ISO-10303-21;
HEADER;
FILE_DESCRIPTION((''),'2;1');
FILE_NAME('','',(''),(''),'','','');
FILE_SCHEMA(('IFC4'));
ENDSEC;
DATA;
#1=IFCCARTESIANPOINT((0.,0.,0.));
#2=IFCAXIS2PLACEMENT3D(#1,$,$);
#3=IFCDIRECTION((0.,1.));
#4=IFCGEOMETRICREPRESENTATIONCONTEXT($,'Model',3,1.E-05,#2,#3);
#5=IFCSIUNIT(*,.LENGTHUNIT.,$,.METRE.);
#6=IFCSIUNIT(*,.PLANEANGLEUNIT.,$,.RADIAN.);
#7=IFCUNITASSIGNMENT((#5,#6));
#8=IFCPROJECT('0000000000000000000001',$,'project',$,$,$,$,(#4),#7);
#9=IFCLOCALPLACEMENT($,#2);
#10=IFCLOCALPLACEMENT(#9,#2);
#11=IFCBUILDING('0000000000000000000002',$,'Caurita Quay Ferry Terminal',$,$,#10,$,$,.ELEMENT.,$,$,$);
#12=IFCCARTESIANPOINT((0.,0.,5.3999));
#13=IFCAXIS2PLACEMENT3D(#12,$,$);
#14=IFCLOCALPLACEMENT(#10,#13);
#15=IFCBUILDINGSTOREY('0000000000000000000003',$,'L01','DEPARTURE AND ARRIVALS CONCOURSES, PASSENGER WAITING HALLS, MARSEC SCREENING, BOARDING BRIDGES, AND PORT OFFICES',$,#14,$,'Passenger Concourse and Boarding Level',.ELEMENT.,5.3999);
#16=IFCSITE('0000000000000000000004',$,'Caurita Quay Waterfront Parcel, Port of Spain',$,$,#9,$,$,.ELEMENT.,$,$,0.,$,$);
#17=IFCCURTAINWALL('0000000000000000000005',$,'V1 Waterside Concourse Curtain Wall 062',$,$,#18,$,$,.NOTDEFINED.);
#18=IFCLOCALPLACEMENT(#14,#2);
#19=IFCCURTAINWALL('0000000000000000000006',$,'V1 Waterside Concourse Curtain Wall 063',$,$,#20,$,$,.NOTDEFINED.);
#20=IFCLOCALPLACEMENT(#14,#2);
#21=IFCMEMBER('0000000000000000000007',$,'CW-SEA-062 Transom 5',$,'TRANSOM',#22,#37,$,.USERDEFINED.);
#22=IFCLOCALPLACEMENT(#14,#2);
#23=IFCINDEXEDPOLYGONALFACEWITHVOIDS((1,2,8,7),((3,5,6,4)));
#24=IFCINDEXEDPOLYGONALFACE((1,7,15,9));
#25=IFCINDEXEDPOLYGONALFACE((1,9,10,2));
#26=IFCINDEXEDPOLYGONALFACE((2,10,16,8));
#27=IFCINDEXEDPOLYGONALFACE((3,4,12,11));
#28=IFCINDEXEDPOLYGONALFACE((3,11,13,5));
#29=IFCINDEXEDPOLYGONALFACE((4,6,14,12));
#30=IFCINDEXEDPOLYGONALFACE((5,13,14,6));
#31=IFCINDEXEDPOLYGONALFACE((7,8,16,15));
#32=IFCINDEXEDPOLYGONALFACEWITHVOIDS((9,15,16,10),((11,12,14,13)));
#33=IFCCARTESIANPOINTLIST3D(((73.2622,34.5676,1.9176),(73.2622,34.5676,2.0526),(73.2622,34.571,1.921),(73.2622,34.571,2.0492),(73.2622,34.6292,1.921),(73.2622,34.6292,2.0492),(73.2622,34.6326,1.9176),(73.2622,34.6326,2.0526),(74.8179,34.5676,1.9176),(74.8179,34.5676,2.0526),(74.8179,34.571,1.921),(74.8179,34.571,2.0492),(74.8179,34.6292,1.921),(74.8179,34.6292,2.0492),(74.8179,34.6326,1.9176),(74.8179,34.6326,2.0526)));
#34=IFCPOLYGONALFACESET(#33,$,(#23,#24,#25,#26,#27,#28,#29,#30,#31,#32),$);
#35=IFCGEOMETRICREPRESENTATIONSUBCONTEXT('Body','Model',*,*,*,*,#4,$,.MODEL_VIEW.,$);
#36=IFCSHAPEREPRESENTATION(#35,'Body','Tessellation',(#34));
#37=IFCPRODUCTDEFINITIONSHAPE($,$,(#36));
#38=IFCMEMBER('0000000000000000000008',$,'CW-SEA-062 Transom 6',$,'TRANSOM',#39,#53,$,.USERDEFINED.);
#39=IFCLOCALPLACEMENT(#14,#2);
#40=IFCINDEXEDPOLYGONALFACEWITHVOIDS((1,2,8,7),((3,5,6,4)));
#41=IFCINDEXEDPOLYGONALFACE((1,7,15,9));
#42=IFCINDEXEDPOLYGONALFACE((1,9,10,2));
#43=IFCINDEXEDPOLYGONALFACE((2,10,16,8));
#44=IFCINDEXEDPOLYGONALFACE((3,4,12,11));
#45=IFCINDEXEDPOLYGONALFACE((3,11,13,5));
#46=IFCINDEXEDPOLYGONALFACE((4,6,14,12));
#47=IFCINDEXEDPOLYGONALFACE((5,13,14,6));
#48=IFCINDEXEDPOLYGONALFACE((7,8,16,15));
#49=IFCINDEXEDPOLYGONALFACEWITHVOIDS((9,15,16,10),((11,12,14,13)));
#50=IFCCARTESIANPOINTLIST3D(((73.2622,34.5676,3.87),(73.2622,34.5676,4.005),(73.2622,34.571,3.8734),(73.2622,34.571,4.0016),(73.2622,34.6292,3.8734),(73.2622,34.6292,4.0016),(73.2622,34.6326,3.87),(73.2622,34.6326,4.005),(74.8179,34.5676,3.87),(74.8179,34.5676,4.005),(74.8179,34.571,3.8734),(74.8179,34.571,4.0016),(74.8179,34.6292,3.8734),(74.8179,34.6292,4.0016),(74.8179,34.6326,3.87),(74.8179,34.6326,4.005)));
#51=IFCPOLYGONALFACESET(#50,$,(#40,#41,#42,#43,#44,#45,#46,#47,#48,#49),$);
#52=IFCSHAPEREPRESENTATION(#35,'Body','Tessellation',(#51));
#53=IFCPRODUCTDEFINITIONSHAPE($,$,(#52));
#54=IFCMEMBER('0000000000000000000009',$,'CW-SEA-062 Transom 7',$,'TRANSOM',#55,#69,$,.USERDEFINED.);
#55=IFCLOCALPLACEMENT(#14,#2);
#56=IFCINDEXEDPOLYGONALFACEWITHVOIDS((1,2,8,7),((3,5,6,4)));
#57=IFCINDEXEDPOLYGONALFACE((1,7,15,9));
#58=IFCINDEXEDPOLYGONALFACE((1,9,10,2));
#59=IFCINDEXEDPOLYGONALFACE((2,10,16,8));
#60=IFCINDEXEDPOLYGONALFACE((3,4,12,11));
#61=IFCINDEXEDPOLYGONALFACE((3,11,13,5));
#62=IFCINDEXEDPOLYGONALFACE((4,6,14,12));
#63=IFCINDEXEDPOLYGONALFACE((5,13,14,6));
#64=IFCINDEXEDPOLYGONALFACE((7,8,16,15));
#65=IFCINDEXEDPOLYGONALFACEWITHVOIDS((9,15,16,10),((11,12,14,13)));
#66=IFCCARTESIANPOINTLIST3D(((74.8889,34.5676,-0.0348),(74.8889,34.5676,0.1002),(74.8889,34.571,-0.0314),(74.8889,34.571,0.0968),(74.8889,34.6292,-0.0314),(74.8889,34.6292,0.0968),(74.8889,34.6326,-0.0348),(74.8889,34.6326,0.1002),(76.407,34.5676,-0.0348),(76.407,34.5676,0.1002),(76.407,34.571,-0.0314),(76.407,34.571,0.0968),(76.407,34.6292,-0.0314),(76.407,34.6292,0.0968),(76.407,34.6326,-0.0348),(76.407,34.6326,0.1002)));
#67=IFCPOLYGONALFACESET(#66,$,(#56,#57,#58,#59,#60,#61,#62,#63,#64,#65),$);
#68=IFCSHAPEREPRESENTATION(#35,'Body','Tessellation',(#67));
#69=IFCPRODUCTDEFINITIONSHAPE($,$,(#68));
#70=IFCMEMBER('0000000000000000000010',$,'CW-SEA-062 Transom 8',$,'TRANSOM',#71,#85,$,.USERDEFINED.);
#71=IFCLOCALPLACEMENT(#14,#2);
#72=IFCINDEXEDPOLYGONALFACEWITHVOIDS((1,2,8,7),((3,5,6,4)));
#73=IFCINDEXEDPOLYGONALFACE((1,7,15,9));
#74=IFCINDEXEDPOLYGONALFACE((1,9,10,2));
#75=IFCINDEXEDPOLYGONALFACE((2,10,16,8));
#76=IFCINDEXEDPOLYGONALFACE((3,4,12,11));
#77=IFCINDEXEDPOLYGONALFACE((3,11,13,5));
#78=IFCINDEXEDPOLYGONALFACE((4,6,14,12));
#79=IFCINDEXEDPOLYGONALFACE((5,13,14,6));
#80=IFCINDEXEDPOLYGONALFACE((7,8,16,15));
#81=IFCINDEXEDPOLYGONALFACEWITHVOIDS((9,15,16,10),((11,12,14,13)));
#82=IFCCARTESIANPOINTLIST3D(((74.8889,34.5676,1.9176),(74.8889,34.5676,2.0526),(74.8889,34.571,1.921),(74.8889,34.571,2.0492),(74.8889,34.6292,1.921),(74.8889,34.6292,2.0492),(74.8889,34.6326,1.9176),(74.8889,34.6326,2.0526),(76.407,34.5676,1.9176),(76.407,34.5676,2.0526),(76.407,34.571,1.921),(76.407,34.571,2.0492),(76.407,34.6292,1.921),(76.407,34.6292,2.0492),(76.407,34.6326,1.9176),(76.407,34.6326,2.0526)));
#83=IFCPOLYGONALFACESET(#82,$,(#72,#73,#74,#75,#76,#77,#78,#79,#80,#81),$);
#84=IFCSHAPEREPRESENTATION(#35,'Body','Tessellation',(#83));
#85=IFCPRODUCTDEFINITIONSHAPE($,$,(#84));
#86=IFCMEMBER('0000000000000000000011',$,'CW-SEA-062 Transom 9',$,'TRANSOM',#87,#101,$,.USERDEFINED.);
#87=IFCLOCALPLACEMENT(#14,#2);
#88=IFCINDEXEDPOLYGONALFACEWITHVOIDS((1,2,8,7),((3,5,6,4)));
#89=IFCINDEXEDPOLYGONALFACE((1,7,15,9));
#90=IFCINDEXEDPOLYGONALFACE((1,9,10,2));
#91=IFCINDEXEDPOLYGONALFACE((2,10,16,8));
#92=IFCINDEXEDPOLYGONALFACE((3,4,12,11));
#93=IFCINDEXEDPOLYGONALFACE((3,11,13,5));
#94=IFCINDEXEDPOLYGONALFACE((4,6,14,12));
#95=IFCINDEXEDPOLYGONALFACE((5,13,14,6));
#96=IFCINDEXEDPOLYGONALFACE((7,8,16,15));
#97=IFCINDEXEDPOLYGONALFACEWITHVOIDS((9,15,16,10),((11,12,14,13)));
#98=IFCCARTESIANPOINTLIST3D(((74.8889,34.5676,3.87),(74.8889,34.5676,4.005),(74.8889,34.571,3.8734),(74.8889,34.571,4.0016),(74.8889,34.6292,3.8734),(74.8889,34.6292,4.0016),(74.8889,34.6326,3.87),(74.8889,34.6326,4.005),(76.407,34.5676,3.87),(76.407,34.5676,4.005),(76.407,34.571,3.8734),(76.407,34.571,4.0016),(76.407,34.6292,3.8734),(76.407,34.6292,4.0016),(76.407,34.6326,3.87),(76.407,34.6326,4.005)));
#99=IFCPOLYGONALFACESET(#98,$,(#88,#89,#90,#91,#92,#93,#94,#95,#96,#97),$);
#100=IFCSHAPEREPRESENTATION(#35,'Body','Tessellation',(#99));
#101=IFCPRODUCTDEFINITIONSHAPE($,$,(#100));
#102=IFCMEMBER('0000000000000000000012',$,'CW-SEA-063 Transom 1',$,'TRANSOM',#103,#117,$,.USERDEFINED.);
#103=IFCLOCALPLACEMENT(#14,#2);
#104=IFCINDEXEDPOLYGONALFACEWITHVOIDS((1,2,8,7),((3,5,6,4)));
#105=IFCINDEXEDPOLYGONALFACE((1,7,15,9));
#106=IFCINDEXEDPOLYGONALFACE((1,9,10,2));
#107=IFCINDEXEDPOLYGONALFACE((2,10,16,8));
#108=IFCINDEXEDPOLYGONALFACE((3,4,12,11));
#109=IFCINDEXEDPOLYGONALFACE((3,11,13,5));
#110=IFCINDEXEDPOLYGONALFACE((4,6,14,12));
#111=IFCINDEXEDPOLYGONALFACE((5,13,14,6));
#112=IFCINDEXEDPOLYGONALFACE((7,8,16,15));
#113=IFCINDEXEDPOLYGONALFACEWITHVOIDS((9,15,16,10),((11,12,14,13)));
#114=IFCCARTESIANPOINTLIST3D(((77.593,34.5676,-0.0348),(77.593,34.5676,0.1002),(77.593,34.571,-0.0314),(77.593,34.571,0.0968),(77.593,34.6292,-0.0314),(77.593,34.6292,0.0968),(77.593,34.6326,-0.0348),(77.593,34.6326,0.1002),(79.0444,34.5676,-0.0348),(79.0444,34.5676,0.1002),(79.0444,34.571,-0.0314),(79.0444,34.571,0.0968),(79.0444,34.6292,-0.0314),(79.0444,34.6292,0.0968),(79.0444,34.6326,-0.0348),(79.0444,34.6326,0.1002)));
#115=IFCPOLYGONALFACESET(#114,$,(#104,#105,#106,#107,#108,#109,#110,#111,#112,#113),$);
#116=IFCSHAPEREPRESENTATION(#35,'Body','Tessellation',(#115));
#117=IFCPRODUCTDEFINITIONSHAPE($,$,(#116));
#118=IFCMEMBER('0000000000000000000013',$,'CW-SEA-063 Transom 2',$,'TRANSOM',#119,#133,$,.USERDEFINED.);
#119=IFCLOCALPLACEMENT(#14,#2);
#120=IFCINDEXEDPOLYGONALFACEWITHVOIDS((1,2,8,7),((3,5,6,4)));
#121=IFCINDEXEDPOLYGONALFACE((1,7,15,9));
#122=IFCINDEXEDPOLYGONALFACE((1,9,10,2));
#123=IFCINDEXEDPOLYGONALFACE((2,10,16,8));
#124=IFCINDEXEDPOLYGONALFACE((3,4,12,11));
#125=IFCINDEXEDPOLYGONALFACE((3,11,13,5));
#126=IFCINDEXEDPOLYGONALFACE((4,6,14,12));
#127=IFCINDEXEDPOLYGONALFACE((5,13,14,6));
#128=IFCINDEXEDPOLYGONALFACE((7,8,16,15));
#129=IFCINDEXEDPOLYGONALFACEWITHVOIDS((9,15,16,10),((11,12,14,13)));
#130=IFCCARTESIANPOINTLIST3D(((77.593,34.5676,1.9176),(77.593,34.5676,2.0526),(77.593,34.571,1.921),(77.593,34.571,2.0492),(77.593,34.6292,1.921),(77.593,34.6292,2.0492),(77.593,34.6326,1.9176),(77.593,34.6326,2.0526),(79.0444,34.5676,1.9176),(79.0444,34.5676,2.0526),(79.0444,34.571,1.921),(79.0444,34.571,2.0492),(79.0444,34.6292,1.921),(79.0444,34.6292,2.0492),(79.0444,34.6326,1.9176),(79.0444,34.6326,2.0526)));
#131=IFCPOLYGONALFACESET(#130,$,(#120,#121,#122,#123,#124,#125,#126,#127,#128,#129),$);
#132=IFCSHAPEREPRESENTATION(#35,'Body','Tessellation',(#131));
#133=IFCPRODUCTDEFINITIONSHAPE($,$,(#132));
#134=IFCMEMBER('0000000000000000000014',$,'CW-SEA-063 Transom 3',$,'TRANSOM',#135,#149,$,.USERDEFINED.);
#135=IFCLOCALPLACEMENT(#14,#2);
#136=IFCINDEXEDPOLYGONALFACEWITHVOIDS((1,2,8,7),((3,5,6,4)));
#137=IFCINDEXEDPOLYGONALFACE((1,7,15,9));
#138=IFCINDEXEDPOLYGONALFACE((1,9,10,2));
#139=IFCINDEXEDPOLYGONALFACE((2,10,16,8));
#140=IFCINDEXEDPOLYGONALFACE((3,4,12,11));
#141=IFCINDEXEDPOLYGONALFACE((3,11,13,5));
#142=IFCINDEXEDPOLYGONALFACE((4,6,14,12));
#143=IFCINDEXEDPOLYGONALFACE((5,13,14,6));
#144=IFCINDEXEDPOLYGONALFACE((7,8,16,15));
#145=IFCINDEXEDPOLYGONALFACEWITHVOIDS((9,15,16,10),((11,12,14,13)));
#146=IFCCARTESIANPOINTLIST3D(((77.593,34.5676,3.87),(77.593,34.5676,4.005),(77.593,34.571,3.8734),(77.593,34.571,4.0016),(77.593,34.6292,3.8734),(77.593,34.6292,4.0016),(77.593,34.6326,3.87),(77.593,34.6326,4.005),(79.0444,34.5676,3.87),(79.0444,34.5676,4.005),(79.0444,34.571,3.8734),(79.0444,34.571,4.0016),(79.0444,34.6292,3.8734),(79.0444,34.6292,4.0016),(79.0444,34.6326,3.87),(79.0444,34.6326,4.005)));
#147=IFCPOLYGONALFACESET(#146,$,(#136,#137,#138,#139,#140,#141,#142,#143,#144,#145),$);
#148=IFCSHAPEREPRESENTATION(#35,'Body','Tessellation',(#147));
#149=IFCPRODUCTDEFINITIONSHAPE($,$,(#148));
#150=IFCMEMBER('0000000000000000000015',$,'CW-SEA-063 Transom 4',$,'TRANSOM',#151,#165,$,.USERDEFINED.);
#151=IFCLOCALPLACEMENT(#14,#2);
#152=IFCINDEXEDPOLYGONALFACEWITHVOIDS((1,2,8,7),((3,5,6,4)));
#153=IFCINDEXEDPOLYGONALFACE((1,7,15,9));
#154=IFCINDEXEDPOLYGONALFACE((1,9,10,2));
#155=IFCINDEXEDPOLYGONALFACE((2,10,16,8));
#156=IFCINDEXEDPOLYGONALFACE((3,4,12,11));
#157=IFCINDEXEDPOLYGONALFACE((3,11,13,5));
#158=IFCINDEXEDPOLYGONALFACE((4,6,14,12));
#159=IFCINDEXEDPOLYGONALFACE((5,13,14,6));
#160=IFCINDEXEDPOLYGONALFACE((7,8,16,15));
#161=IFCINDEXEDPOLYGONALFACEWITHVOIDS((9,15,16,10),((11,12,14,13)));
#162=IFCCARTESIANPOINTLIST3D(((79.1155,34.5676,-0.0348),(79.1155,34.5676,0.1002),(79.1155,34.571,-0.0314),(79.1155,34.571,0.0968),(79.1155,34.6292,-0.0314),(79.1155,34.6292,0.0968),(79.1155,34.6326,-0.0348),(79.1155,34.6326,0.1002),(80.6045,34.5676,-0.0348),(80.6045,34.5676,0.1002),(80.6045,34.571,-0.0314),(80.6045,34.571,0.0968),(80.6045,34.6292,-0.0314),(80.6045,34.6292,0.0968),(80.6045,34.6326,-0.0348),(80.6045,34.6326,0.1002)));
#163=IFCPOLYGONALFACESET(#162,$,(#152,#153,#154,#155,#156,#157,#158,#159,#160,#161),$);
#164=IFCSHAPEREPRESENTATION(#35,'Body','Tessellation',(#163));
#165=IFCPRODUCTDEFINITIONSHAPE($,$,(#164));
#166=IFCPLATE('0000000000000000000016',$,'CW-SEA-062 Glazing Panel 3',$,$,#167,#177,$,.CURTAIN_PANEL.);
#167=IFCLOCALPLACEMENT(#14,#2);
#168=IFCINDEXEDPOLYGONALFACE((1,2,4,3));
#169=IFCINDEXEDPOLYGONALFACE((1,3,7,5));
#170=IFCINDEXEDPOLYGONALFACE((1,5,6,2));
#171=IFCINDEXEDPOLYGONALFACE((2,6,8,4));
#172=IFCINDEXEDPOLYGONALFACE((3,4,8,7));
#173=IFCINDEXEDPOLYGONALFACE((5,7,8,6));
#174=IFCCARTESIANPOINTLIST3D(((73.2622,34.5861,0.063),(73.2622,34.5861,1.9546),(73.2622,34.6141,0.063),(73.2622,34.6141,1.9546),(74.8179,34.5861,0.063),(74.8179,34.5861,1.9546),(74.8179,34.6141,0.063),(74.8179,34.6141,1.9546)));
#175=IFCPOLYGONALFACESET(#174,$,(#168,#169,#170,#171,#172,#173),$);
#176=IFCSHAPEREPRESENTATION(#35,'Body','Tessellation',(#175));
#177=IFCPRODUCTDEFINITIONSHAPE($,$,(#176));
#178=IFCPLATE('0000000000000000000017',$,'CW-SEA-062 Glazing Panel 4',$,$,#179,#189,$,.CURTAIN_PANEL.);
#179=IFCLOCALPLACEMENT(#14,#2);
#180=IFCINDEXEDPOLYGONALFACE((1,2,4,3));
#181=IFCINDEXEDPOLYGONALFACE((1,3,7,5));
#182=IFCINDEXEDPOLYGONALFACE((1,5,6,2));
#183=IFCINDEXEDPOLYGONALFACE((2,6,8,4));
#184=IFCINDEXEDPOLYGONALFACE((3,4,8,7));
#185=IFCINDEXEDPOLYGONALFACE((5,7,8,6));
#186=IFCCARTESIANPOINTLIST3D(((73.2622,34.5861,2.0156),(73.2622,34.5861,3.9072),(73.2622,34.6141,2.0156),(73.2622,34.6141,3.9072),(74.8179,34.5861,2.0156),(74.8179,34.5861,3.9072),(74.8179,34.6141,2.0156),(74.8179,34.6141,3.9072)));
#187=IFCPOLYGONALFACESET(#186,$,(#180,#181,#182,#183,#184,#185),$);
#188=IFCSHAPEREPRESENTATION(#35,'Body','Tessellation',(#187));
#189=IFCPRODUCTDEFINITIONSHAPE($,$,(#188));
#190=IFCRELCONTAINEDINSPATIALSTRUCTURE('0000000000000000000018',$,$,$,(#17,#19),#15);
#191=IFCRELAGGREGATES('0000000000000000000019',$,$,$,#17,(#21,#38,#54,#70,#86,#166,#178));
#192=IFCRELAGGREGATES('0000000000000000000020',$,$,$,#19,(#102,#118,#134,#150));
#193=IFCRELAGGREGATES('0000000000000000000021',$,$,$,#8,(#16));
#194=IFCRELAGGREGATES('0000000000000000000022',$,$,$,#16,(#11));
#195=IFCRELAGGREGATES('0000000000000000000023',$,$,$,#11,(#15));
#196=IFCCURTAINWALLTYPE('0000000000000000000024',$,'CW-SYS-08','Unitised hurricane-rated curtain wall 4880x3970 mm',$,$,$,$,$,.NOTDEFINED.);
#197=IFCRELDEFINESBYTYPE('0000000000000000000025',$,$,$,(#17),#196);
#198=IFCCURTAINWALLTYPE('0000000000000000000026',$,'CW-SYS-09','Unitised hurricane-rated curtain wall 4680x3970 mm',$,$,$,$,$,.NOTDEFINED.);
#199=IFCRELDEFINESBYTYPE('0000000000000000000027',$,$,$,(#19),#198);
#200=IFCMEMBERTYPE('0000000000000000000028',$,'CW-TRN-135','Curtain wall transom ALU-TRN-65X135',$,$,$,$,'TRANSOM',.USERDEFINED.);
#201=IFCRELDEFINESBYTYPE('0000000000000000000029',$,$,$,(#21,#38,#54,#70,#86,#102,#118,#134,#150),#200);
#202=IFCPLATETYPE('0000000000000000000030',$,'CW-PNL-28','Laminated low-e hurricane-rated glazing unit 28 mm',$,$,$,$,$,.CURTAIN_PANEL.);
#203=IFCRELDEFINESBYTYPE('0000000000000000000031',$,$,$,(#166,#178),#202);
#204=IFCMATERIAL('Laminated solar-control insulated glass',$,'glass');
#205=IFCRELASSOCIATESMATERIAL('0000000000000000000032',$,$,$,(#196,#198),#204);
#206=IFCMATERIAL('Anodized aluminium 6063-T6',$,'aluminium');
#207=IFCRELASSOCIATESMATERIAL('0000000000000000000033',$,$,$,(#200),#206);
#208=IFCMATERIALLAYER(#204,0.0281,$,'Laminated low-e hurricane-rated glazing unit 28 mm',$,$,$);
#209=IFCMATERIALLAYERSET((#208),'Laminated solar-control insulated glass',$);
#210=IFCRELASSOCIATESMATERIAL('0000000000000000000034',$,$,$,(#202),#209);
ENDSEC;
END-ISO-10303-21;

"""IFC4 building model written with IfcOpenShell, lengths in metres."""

from ifc_helpers import new_model, si_unit, direction, frame, origin, origin_2d, place, context, subcontext, project, spatial, rectangle, hollow_rectangle, extrude, material, layer, layer_set, material_profile, profile_set, type_object, element, aggregate, save


model = new_model("IFC4")

# Units and contexts
model_context = context("Model", 3, precision=1e-05, world=origin(), true_north=direction((0.0, 1.0)))
body_context = subcontext(model_context, "Body", "Model", "MODEL_VIEW")
ifc_project = project(units=[si_unit("LENGTHUNIT", "METRE"), si_unit("PLANEANGLEUNIT", "RADIAN")], contexts=[model_context])

# Site, building, storey
site_placement = place(None, origin())
site = spatial("IfcSite", under=ifc_project, at=site_placement, Name="Caurita Quay Waterfront Parcel, Port of Spain", CompositionType="ELEMENT", RefElevation=0.0)
building_placement = place(site_placement, origin())
building = spatial("IfcBuilding", under=site, at=building_placement, Name="Caurita Quay Ferry Terminal", CompositionType="ELEMENT")
storey_placement = place(building_placement, frame((0.0, 0.0, 5.3999)))
storey = spatial("IfcBuildingStorey", under=building, at=storey_placement, Name="L01", Description="DEPARTURE AND ARRIVALS CONCOURSES, PASSENGER WAITING HALLS, MARSEC SCREENING, BOARDING BRIDGES, AND PORT OFFICES", LongName="Passenger Concourse and Boarding Level", CompositionType="ELEMENT", Elevation=5.3999)

# Curtain walls
ifc_material_1 = material(Name="Laminated solar-control insulated glass", Category="glass")
curtain_wall_type_1 = type_object("IfcCurtainWallType", Name="CW-SYS-08", Description="Unitised hurricane-rated curtain wall 4880x3970 mm", PredefinedType="NOTDEFINED", material=ifc_material_1)
curtain_wall_1_placement = place(storey_placement, origin())
curtain_wall_1 = element("IfcCurtainWall", 1, at=curtain_wall_1_placement, inside=storey, type_object=curtain_wall_type_1, Name="V1 Waterside Concourse Curtain Wall 062", PredefinedType="NOTDEFINED")
ifc_material_2 = material(Name="Anodized aluminium 6063-T6", Category="aluminium")
curtain_wall_type_2 = type_object("IfcCurtainWallType", Name="CW-SYS-09", Description="Unitised hurricane-rated curtain wall 4680x3970 mm", PredefinedType="NOTDEFINED", material=ifc_material_1)
curtain_wall_2_placement = place(storey_placement, origin())
curtain_wall_2 = element("IfcCurtainWall", 2, at=curtain_wall_2_placement, inside=storey, type_object=curtain_wall_type_2, Name="V1 Waterside Concourse Curtain Wall 063", PredefinedType="NOTDEFINED")

# Members
ifc_material_profile_1 = material_profile(ifc_material_2, hollow_rectangle(XDim=0.0649, YDim=0.135, WallThickness=0.0034, at=origin_2d()), Name="ALU-TRN-65X135")
ifc_profile_set_1 = profile_set([ifc_material_profile_1], Name="Anodized aluminium 6063-T6")
member_type_1 = type_object("IfcMemberType", Name="CW-TRN-135", Description="Curtain wall transom ALU-TRN-65X135", ElementType="TRANSOM", PredefinedType="USERDEFINED", material=ifc_profile_set_1)
member_1_placement = place(storey_placement, frame((73.2622, 34.6001, 1.9851), z_axis=(1.0, 0.0, 0.0), x_axis=(0.0, 1.0, 0.0)))
member_1 = element("IfcMember", 3, at=member_1_placement, type_object=member_type_1, Name="CW-SEA-062 Transom 5", ObjectType="TRANSOM", PredefinedType="USERDEFINED", context=body_context, shape_type="SweptSolid", body=[
    extrude(hollow_rectangle(XDim=0.0649, YDim=0.135, WallThickness=0.0034, at=origin_2d()), origin(), (0.0, 0.0, 1.0), 1.5557),
])
member_2_placement = place(storey_placement, frame((73.2622, 34.6001, 3.9375), z_axis=(1.0, 0.0, 0.0), x_axis=(0.0, 1.0, 0.0)))
member_2 = element("IfcMember", 4, at=member_2_placement, type_object=member_type_1, Name="CW-SEA-062 Transom 6", ObjectType="TRANSOM", PredefinedType="USERDEFINED", context=body_context, shape_type="SweptSolid", body=[
    extrude(hollow_rectangle(XDim=0.0649, YDim=0.135, WallThickness=0.0034, at=origin_2d()), origin(), (0.0, 0.0, 1.0), 1.5557),
])
member_3_placement = place(storey_placement, frame((74.8889, 34.6001, 0.0327), z_axis=(1.0, 0.0, 0.0), x_axis=(0.0, 1.0, 0.0)))
member_3 = element("IfcMember", 5, at=member_3_placement, type_object=member_type_1, Name="CW-SEA-062 Transom 7", ObjectType="TRANSOM", PredefinedType="USERDEFINED", context=body_context, shape_type="SweptSolid", body=[
    extrude(hollow_rectangle(XDim=0.0649, YDim=0.135, WallThickness=0.0034, at=origin_2d()), origin(), (0.0, 0.0, 1.0), 1.5181),
])
member_4_placement = place(storey_placement, frame((74.8889, 34.6001, 1.9851), z_axis=(1.0, 0.0, 0.0), x_axis=(0.0, 1.0, 0.0)))
member_4 = element("IfcMember", 6, at=member_4_placement, type_object=member_type_1, Name="CW-SEA-062 Transom 8", ObjectType="TRANSOM", PredefinedType="USERDEFINED", context=body_context, shape_type="SweptSolid", body=[
    extrude(hollow_rectangle(XDim=0.0649, YDim=0.135, WallThickness=0.0034, at=origin_2d()), origin(), (0.0, 0.0, 1.0), 1.5181),
])
member_5_placement = place(storey_placement, frame((74.8889, 34.6001, 3.9375), z_axis=(1.0, 0.0, 0.0), x_axis=(0.0, 1.0, 0.0)))
member_5 = element("IfcMember", 7, at=member_5_placement, type_object=member_type_1, Name="CW-SEA-062 Transom 9", ObjectType="TRANSOM", PredefinedType="USERDEFINED", context=body_context, shape_type="SweptSolid", body=[
    extrude(hollow_rectangle(XDim=0.0649, YDim=0.135, WallThickness=0.0034, at=origin_2d()), origin(), (0.0, 0.0, 1.0), 1.5181),
])
member_6_placement = place(storey_placement, frame((77.593, 34.6001, 0.0327), z_axis=(1.0, 0.0, 0.0), x_axis=(0.0, 1.0, 0.0)))
member_6 = element("IfcMember", 8, at=member_6_placement, type_object=member_type_1, Name="CW-SEA-063 Transom 1", ObjectType="TRANSOM", PredefinedType="USERDEFINED", context=body_context, shape_type="SweptSolid", body=[
    extrude(hollow_rectangle(XDim=0.0649, YDim=0.135, WallThickness=0.0034, at=origin_2d()), origin(), (0.0, 0.0, 1.0), 1.4514),
])
member_7_placement = place(storey_placement, frame((77.593, 34.6001, 1.9851), z_axis=(1.0, 0.0, 0.0), x_axis=(0.0, 1.0, 0.0)))
member_7 = element("IfcMember", 9, at=member_7_placement, type_object=member_type_1, Name="CW-SEA-063 Transom 2", ObjectType="TRANSOM", PredefinedType="USERDEFINED", context=body_context, shape_type="SweptSolid", body=[
    extrude(hollow_rectangle(XDim=0.0649, YDim=0.135, WallThickness=0.0034, at=origin_2d()), origin(), (0.0, 0.0, 1.0), 1.4514),
])
member_8_placement = place(storey_placement, frame((77.593, 34.6001, 3.9375), z_axis=(1.0, 0.0, 0.0), x_axis=(0.0, 1.0, 0.0)))
member_8 = element("IfcMember", 10, at=member_8_placement, type_object=member_type_1, Name="CW-SEA-063 Transom 3", ObjectType="TRANSOM", PredefinedType="USERDEFINED", context=body_context, shape_type="SweptSolid", body=[
    extrude(hollow_rectangle(XDim=0.0649, YDim=0.135, WallThickness=0.0034, at=origin_2d()), origin(), (0.0, 0.0, 1.0), 1.4514),
])
member_9_placement = place(storey_placement, frame((79.1155, 34.6001, 0.0327), z_axis=(1.0, 0.0, 0.0), x_axis=(0.0, 1.0, 0.0)))
member_9 = element("IfcMember", 11, at=member_9_placement, type_object=member_type_1, Name="CW-SEA-063 Transom 4", ObjectType="TRANSOM", PredefinedType="USERDEFINED", context=body_context, shape_type="SweptSolid", body=[
    extrude(hollow_rectangle(XDim=0.0649, YDim=0.135, WallThickness=0.0034, at=origin_2d()), origin(), (0.0, 0.0, 1.0), 1.489),
])

# Plates
ifc_layer_1 = layer(ifc_material_1, 0.0281, Name="Laminated low-e hurricane-rated glazing unit 28 mm")
ifc_layer_set_1 = layer_set([ifc_layer_1], Name="Laminated solar-control insulated glass")
plate_type = type_object("IfcPlateType", Name="CW-PNL-28", Description="Laminated low-e hurricane-rated glazing unit 28 mm", PredefinedType="CURTAIN_PANEL", material=ifc_layer_set_1)
plate_1_placement = place(storey_placement, frame((74.04, 34.6001, 0.063), z_axis=(0.0, 0.0, 1.0), x_axis=(1.0, 0.0, 0.0)))
plate_1 = element("IfcPlate", 12, at=plate_1_placement, type_object=plate_type, Name="CW-SEA-062 Glazing Panel 3", PredefinedType="CURTAIN_PANEL", context=body_context, shape_type="SweptSolid", body=[
    extrude(rectangle(XDim=1.5557, YDim=0.0281, at=origin_2d()), origin(), (0.0, 0.0, 1.0), 1.8916),
])
plate_2_placement = place(storey_placement, frame((74.04, 34.6001, 2.0156), z_axis=(0.0, 0.0, 1.0), x_axis=(1.0, 0.0, 0.0)))
plate_2 = element("IfcPlate", 13, at=plate_2_placement, type_object=plate_type, Name="CW-SEA-062 Glazing Panel 4", PredefinedType="CURTAIN_PANEL", context=body_context, shape_type="SweptSolid", body=[
    extrude(rectangle(XDim=1.5557, YDim=0.0281, at=origin_2d()), origin(), (0.0, 0.0, 1.0), 1.8916),
])
aggregate(curtain_wall_1, [member_1, member_2, member_3, member_4, member_5, plate_1, plate_2])
aggregate(curtain_wall_2, [member_6, member_7, member_8, member_9])

save(model, "model.ifc")
